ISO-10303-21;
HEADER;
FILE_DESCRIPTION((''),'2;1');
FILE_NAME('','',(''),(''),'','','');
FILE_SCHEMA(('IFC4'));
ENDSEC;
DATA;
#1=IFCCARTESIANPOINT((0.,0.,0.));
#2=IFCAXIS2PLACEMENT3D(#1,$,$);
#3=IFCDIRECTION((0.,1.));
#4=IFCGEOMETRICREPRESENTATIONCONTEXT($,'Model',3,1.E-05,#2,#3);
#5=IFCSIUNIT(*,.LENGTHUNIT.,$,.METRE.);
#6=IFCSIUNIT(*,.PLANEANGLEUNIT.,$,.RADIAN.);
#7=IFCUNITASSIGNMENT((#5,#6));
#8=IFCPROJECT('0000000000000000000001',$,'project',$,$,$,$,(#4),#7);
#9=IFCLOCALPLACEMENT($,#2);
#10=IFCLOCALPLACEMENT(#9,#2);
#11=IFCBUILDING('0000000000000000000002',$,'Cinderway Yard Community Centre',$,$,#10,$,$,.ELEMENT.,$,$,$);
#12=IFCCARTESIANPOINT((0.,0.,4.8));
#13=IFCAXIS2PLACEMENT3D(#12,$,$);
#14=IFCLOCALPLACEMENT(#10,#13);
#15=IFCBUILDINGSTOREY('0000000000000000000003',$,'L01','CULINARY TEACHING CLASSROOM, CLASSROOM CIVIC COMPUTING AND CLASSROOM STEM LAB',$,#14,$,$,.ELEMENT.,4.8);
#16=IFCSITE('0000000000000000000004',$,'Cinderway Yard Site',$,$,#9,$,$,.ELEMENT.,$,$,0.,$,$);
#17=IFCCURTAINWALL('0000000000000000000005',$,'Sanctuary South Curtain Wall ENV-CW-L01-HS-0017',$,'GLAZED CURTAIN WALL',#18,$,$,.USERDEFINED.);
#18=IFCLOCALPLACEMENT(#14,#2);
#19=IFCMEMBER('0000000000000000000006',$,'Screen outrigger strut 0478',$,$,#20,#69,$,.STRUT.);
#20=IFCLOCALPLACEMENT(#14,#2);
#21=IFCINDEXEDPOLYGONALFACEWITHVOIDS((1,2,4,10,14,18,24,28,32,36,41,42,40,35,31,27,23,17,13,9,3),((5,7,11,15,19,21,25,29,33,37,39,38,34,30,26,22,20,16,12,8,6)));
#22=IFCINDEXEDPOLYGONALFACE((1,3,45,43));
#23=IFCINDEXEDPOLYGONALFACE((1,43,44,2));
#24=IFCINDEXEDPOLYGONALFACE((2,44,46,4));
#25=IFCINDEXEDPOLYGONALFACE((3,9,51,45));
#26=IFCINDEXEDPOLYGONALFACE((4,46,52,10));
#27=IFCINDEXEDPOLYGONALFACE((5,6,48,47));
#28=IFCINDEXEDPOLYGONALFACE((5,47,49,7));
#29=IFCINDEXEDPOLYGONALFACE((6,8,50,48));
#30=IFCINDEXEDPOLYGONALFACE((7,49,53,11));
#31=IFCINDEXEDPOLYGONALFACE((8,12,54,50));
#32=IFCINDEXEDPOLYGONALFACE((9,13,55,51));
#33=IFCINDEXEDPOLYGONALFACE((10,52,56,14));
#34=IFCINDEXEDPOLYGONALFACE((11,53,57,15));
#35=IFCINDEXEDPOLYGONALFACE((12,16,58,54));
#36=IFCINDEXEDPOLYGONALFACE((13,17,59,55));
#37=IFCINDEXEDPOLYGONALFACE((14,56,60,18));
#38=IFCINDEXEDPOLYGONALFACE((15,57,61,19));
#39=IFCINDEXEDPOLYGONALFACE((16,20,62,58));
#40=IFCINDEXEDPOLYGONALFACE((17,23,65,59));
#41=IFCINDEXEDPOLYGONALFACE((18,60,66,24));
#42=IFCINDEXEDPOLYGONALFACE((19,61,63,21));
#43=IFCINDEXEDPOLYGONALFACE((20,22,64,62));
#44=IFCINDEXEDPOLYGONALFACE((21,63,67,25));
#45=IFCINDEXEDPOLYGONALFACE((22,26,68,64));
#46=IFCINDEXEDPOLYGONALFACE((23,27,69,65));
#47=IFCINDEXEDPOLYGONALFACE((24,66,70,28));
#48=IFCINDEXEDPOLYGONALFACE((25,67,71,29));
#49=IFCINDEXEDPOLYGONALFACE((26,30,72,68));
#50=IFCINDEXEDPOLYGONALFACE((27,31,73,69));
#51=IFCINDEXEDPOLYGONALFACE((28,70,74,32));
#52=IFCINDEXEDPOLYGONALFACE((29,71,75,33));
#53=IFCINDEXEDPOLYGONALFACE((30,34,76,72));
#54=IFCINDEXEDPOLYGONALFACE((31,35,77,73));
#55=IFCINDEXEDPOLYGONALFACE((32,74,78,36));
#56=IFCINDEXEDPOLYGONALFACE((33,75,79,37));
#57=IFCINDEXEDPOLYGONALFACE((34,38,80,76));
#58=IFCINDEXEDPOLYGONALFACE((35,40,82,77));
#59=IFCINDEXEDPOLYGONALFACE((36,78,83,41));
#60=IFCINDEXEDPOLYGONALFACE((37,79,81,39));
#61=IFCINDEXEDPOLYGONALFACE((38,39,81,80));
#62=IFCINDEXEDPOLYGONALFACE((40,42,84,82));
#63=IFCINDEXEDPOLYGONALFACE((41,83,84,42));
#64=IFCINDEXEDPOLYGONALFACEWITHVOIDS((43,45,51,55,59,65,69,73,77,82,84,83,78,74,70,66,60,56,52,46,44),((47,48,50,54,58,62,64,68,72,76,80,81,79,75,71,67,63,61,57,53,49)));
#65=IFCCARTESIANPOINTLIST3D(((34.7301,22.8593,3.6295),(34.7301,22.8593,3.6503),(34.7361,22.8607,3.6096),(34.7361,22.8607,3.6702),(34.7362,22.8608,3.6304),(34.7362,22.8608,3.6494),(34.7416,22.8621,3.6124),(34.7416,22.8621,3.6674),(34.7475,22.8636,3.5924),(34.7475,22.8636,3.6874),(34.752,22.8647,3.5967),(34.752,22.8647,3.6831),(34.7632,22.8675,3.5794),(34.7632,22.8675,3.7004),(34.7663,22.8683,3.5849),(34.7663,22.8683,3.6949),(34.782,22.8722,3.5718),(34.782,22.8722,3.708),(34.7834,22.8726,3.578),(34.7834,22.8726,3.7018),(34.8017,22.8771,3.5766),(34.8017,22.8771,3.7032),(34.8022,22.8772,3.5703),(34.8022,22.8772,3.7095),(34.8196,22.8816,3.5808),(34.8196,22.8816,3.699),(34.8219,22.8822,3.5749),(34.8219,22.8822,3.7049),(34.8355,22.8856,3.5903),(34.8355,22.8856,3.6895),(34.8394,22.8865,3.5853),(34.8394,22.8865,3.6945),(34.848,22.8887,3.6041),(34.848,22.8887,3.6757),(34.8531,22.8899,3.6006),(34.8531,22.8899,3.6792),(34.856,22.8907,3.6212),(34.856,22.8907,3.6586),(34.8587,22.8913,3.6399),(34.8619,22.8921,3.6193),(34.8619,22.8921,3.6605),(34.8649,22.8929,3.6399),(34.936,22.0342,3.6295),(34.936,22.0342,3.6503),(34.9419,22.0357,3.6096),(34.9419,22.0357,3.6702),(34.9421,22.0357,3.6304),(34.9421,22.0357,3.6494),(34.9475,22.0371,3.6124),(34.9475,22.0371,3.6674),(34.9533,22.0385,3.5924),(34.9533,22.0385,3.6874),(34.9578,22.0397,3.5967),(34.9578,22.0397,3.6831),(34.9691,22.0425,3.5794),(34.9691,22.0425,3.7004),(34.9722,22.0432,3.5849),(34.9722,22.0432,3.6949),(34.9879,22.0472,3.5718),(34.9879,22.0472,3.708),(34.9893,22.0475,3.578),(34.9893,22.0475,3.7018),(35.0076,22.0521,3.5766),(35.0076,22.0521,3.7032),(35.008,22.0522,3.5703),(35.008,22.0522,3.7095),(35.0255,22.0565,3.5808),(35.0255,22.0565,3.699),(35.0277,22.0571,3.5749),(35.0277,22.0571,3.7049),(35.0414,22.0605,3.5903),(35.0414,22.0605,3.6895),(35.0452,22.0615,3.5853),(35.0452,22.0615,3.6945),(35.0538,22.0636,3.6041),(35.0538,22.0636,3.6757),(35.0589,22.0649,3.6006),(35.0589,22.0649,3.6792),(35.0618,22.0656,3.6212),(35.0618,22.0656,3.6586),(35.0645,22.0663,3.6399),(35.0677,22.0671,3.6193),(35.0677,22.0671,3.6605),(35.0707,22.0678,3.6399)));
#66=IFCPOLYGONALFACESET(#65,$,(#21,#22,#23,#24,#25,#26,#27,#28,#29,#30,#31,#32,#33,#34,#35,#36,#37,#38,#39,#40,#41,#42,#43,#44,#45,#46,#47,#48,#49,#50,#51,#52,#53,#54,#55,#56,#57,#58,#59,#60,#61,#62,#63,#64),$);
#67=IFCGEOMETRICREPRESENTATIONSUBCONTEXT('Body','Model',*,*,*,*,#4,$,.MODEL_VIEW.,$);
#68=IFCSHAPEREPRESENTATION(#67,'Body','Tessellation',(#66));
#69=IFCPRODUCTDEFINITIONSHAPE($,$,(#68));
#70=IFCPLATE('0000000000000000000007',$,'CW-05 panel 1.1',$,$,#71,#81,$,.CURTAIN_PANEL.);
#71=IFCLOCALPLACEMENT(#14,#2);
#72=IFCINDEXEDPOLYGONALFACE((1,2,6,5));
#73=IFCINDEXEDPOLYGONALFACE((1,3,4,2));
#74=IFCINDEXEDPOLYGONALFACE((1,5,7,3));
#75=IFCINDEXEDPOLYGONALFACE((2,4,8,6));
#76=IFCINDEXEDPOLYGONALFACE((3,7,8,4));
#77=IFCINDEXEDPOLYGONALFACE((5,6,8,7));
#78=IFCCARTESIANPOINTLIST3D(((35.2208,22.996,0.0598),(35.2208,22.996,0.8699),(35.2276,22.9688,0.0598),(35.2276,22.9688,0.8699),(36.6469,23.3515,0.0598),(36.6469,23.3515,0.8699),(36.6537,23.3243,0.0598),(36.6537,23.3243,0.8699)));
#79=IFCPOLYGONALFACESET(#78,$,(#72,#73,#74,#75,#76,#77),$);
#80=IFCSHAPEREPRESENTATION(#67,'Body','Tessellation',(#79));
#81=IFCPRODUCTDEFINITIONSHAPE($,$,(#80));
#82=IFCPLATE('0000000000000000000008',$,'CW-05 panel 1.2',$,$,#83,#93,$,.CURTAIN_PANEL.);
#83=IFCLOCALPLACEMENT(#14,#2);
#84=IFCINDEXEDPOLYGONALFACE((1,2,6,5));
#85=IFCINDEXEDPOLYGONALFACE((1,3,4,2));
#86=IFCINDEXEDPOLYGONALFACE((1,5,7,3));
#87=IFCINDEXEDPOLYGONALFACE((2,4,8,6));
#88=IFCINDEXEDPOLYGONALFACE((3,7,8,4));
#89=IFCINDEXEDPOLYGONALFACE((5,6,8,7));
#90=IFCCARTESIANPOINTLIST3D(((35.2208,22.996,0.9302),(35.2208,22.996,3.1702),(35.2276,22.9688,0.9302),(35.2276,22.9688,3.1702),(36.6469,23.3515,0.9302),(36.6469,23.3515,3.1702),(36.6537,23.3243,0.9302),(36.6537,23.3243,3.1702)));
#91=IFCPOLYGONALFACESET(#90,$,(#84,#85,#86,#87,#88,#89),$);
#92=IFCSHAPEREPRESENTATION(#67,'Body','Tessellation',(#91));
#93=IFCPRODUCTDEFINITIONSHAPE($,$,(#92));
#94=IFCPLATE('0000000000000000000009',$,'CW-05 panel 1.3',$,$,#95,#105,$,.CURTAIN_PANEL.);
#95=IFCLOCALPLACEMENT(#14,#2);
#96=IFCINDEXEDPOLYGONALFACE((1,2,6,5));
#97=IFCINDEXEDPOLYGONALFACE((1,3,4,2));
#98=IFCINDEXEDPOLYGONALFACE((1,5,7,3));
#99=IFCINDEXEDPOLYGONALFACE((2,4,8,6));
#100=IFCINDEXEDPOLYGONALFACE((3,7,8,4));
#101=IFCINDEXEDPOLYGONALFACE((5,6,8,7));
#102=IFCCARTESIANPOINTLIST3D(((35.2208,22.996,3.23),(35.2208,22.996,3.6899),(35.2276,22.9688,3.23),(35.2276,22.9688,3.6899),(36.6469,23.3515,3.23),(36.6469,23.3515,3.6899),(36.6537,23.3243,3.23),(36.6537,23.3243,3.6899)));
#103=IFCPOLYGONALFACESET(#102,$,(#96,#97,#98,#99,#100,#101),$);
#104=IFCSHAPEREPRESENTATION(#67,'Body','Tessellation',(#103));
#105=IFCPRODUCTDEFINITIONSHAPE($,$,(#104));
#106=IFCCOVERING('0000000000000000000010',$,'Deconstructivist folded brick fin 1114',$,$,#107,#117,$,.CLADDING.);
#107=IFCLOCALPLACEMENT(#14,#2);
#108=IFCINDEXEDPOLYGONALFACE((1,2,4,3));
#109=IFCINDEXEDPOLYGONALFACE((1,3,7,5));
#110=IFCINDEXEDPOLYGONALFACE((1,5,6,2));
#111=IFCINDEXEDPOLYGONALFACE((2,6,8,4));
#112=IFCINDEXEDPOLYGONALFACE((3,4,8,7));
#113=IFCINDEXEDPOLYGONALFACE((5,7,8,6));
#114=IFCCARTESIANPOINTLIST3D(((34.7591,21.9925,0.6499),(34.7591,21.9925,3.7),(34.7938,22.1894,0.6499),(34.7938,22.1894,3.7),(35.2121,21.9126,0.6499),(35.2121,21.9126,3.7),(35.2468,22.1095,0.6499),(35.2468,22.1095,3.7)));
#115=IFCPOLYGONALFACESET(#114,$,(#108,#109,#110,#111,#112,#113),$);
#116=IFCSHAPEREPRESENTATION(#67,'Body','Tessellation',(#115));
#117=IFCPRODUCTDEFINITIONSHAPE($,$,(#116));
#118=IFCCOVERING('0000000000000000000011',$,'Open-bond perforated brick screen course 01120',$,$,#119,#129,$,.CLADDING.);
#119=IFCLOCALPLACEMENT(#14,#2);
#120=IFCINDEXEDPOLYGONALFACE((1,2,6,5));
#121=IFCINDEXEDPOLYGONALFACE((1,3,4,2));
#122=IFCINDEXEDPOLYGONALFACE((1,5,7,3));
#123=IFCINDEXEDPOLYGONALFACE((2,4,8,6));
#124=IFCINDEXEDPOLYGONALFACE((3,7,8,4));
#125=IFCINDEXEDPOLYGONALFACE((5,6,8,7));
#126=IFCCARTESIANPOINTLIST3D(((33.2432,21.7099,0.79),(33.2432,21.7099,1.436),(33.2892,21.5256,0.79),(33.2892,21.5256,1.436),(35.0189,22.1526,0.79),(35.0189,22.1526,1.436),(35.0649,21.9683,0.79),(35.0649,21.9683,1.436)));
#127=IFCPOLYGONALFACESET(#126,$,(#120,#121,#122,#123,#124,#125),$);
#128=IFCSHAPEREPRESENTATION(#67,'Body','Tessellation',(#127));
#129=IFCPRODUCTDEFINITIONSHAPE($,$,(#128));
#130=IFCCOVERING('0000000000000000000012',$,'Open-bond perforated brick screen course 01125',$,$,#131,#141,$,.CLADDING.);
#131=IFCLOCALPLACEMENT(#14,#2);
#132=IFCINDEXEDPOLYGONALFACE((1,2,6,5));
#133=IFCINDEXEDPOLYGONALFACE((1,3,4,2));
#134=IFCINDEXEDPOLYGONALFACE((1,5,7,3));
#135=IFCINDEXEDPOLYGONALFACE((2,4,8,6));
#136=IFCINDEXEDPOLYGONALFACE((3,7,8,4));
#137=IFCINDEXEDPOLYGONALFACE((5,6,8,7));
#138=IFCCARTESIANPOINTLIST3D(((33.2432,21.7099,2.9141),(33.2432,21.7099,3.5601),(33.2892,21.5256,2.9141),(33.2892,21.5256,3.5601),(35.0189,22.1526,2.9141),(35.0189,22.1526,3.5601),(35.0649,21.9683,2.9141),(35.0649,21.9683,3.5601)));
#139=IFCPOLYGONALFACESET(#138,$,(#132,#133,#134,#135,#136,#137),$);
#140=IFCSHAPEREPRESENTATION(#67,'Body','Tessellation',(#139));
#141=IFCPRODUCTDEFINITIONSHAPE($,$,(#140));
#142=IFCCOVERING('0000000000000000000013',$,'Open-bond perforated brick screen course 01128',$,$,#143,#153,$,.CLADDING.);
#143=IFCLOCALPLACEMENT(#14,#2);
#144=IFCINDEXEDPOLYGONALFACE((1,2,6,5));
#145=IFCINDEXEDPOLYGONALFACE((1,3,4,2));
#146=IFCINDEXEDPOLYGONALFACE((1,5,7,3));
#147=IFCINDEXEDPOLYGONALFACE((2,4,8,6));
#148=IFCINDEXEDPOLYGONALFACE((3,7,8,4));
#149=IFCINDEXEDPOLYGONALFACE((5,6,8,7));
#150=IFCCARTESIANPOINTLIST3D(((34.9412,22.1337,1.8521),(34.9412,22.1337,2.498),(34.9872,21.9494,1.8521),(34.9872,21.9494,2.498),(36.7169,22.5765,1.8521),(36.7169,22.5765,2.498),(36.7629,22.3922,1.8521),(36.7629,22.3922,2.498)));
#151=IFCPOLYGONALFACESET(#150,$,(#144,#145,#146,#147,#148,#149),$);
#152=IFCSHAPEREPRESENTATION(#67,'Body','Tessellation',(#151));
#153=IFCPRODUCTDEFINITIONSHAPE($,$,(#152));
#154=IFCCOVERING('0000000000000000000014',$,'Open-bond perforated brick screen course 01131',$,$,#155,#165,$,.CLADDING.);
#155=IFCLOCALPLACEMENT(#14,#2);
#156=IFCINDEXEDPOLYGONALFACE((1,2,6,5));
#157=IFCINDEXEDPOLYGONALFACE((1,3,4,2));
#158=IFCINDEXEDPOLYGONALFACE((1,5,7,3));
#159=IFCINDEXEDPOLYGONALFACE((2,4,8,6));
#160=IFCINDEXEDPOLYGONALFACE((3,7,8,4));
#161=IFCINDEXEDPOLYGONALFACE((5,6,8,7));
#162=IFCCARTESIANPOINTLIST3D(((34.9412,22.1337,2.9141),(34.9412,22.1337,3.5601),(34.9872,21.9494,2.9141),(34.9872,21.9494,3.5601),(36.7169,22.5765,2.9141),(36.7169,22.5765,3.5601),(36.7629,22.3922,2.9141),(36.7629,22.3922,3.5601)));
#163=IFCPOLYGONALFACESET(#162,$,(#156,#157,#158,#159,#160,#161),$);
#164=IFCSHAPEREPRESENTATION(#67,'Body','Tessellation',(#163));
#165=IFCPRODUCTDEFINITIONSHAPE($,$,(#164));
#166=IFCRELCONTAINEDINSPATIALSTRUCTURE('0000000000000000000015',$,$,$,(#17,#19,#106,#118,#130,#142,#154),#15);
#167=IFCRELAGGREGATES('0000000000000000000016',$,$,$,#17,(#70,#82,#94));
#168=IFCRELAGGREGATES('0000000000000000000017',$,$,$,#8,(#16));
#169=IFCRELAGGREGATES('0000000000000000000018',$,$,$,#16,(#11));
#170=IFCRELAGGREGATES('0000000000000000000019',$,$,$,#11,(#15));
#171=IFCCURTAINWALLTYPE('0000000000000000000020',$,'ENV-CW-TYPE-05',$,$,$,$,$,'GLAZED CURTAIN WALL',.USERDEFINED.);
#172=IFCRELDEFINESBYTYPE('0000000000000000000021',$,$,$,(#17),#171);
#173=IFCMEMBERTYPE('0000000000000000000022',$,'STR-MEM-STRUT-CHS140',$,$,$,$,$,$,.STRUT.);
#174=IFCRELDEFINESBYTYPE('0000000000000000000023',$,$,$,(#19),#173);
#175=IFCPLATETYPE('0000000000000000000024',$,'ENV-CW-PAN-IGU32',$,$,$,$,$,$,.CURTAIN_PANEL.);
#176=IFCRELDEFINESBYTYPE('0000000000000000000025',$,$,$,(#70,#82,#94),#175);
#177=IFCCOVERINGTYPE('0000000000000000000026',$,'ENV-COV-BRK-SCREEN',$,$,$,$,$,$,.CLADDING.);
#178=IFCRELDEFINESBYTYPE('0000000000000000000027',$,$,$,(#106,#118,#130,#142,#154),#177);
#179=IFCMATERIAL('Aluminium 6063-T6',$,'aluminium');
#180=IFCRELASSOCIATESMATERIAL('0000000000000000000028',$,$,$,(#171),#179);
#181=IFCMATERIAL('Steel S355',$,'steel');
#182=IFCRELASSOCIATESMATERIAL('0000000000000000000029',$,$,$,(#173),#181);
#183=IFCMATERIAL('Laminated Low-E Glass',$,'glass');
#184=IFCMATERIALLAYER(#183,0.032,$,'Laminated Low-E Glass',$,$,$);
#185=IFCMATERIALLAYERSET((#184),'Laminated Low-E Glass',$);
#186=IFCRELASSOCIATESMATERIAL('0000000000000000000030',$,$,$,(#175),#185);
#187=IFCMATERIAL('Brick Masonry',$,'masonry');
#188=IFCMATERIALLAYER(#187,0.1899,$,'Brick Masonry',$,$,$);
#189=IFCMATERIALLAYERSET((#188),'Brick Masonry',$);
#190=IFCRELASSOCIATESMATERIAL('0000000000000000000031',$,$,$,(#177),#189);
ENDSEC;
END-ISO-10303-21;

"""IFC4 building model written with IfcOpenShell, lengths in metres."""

from ifc_helpers import new_model, si_unit, direction, frame, origin, origin_2d, place, context, subcontext, project, spatial, rectangle, hollow_circle, extrude, material, layer, layer_set, material_profile, profile_set, type_object, element, aggregate, save


model = new_model("IFC4")

# Units and contexts
model_context = context("Model", 3, precision=1e-05, world=origin(), true_north=direction((0.0, 1.0)))
body_context = subcontext(model_context, "Body", "Model", "MODEL_VIEW")
ifc_project = project(units=[si_unit("LENGTHUNIT", "METRE"), si_unit("PLANEANGLEUNIT", "RADIAN")], contexts=[model_context])

# Site, building, storey
site_placement = place(None, origin())
site = spatial("IfcSite", under=ifc_project, at=site_placement, Name="Cinderway Yard Site", CompositionType="ELEMENT", RefElevation=0.0)
building_placement = place(site_placement, origin())
building = spatial("IfcBuilding", under=site, at=building_placement, Name="Cinderway Yard Community Centre", CompositionType="ELEMENT")
storey_placement = place(building_placement, frame((0.0, 0.0, 4.8)))
storey = spatial("IfcBuildingStorey", under=building, at=storey_placement, Name="L01", Description="CULINARY TEACHING CLASSROOM, CLASSROOM CIVIC COMPUTING AND CLASSROOM STEM LAB", CompositionType="ELEMENT", Elevation=4.8)

# Curtain wall
ifc_material_1 = material(Name="Aluminium 6063-T6", Category="aluminium")
curtain_wall_type = type_object("IfcCurtainWallType", Name="ENV-CW-TYPE-05", ElementType="GLAZED CURTAIN WALL", PredefinedType="USERDEFINED", material=ifc_material_1)
curtain_wall_placement = place(storey_placement, origin())
curtain_wall = element("IfcCurtainWall", 1, at=curtain_wall_placement, inside=storey, type_object=curtain_wall_type, Name="Sanctuary South Curtain Wall ENV-CW-L01-HS-0017", ObjectType="GLAZED CURTAIN WALL", PredefinedType="USERDEFINED")

# Shared definitions
ifc_material_2 = material(Name="Steel S355", Category="steel")

# Member
ifc_material_profile_1 = material_profile(ifc_material_2, hollow_circle(Radius=0.0698, WallThickness=0.0063, at=origin_2d()), Name="Steel S355")
ifc_profile_set_1 = profile_set([ifc_material_profile_1], Name="Steel S355")
member_type_1 = type_object("IfcMemberType", Name="STR-MEM-STRUT-CHS140", PredefinedType="STRUT", material=ifc_profile_set_1)
for number, where, z_axis, x_axis, name in (
    (2, (34.7971, 22.876, 3.6399), (0.242063, -0.970261, 0.0), (0.970261, 0.242063, 0.0), "Screen outrigger strut 0478"),
):
    element("IfcMember", number, at=place(storey_placement, frame(where, z_axis=z_axis, x_axis=x_axis)), inside=storey, type_object=member_type_1, Name=name, PredefinedType="STRUT", context=body_context, shape_type="SweptSolid", body=[
        extrude(hollow_circle(Radius=0.0698, WallThickness=0.0063, at=origin_2d()), origin(), (0.0, 0.0, 1.0), 0.8503),
    ])

# Plates
ifc_material_3 = material(Name="Laminated Low-E Glass", Category="glass")
ifc_layer_1 = layer(ifc_material_3, 0.032, Name="Laminated Low-E Glass")
ifc_layer_set_1 = layer_set([ifc_layer_1], Name="Laminated Low-E Glass")
plate_type = type_object("IfcPlateType", Name="ENV-CW-PAN-IGU32", PredefinedType="CURTAIN_PANEL", material=ifc_layer_set_1)
plate_1_placement = place(storey_placement, frame((35.9373, 23.1602, 0.0598), z_axis=(0.0, 0.0, 1.0), x_axis=(0.970312, 0.241857, 0.0)))
plate_1 = element("IfcPlate", 3, at=plate_1_placement, type_object=plate_type, Name="CW-05 panel 1.1", PredefinedType="CURTAIN_PANEL", context=body_context, shape_type="SweptSolid", body=[
    extrude(rectangle(XDim=1.4697, YDim=0.0281, at=origin_2d()), origin(), (0.0, 0.0, 1.0), 0.8101),
])
plate_2_placement = place(storey_placement, frame((35.9373, 23.1602, 0.9302), z_axis=(0.0, 0.0, 1.0), x_axis=(0.970312, 0.241857, 0.0)))
plate_2 = element("IfcPlate", 4, at=plate_2_placement, type_object=plate_type, Name="CW-05 panel 1.2", PredefinedType="CURTAIN_PANEL", context=body_context, shape_type="SweptSolid", body=[
    extrude(rectangle(XDim=1.4697, YDim=0.0281, at=origin_2d()), origin(), (0.0, 0.0, 1.0), 2.24),
])
plate_3_placement = place(storey_placement, frame((35.9373, 23.1602, 3.23), z_axis=(0.0, 0.0, 1.0), x_axis=(0.970312, 0.241857, 0.0)))
plate_3 = element("IfcPlate", 5, at=plate_3_placement, type_object=plate_type, Name="CW-05 panel 1.3", PredefinedType="CURTAIN_PANEL", context=body_context, shape_type="SweptSolid", body=[
    extrude(rectangle(XDim=1.4697, YDim=0.0281, at=origin_2d()), origin(), (0.0, 0.0, 1.0), 0.46),
])
aggregate(curtain_wall, [plate_1, plate_2, plate_3])

# Coverings
ifc_material_4 = material(Name="Brick Masonry", Category="masonry")
ifc_layer_2 = layer(ifc_material_4, 0.1899, Name="Brick Masonry")
ifc_layer_set_2 = layer_set([ifc_layer_2], Name="Brick Masonry")
covering_type = type_object("IfcCoveringType", Name="ENV-COV-BRK-SCREEN", PredefinedType="CLADDING", material=ifc_layer_set_2)
covering_placement = place(storey_placement, frame((35.0029, 22.051, 0.6499), z_axis=(0.0, 0.0, 1.0), x_axis=(-0.984808, 0.173648, 0.0)))
element("IfcCovering", 6, at=covering_placement, inside=storey, type_object=covering_type, Name="Deconstructivist folded brick fin 1114", PredefinedType="CLADDING", context=body_context, shape_type="SweptSolid", body=[
    extrude(rectangle(XDim=0.46, YDim=0.2, at=origin_2d()), origin(), (0.0, 0.0, 1.0), 3.05),
])
for number, where, z_axis, x_axis, name in (
    (7, (34.1541, 21.8391, 0.79), (0.0, 0.0, 1.0), (-0.970296, -0.241922, 0.0), "Open-bond perforated brick screen course 01120"),
    (8, (34.1541, 21.8391, 2.9141), (0.0, 0.0, 1.0), (-0.970296, -0.241922, 0.0), "Open-bond perforated brick screen course 01125"),
    (9, (35.8521, 22.2629, 1.8521), (0.0, 0.0, 1.0), (-0.970296, -0.241922, 0.0), "Open-bond perforated brick screen course 01128"),
    (10, (35.8521, 22.2629, 2.9141), (0.0, 0.0, 1.0), (-0.970296, -0.241922, 0.0), "Open-bond perforated brick screen course 01131"),
):
    element("IfcCovering", number, at=place(storey_placement, frame(where, z_axis=z_axis, x_axis=x_axis)), inside=storey, type_object=covering_type, Name=name, PredefinedType="CLADDING", context=body_context, shape_type="SweptSolid", body=[
        extrude(rectangle(XDim=1.8301, YDim=0.1899, at=origin_2d()), origin(), (0.0, 0.0, 1.0), 0.646),
    ])

save(model, "model.ifc")
